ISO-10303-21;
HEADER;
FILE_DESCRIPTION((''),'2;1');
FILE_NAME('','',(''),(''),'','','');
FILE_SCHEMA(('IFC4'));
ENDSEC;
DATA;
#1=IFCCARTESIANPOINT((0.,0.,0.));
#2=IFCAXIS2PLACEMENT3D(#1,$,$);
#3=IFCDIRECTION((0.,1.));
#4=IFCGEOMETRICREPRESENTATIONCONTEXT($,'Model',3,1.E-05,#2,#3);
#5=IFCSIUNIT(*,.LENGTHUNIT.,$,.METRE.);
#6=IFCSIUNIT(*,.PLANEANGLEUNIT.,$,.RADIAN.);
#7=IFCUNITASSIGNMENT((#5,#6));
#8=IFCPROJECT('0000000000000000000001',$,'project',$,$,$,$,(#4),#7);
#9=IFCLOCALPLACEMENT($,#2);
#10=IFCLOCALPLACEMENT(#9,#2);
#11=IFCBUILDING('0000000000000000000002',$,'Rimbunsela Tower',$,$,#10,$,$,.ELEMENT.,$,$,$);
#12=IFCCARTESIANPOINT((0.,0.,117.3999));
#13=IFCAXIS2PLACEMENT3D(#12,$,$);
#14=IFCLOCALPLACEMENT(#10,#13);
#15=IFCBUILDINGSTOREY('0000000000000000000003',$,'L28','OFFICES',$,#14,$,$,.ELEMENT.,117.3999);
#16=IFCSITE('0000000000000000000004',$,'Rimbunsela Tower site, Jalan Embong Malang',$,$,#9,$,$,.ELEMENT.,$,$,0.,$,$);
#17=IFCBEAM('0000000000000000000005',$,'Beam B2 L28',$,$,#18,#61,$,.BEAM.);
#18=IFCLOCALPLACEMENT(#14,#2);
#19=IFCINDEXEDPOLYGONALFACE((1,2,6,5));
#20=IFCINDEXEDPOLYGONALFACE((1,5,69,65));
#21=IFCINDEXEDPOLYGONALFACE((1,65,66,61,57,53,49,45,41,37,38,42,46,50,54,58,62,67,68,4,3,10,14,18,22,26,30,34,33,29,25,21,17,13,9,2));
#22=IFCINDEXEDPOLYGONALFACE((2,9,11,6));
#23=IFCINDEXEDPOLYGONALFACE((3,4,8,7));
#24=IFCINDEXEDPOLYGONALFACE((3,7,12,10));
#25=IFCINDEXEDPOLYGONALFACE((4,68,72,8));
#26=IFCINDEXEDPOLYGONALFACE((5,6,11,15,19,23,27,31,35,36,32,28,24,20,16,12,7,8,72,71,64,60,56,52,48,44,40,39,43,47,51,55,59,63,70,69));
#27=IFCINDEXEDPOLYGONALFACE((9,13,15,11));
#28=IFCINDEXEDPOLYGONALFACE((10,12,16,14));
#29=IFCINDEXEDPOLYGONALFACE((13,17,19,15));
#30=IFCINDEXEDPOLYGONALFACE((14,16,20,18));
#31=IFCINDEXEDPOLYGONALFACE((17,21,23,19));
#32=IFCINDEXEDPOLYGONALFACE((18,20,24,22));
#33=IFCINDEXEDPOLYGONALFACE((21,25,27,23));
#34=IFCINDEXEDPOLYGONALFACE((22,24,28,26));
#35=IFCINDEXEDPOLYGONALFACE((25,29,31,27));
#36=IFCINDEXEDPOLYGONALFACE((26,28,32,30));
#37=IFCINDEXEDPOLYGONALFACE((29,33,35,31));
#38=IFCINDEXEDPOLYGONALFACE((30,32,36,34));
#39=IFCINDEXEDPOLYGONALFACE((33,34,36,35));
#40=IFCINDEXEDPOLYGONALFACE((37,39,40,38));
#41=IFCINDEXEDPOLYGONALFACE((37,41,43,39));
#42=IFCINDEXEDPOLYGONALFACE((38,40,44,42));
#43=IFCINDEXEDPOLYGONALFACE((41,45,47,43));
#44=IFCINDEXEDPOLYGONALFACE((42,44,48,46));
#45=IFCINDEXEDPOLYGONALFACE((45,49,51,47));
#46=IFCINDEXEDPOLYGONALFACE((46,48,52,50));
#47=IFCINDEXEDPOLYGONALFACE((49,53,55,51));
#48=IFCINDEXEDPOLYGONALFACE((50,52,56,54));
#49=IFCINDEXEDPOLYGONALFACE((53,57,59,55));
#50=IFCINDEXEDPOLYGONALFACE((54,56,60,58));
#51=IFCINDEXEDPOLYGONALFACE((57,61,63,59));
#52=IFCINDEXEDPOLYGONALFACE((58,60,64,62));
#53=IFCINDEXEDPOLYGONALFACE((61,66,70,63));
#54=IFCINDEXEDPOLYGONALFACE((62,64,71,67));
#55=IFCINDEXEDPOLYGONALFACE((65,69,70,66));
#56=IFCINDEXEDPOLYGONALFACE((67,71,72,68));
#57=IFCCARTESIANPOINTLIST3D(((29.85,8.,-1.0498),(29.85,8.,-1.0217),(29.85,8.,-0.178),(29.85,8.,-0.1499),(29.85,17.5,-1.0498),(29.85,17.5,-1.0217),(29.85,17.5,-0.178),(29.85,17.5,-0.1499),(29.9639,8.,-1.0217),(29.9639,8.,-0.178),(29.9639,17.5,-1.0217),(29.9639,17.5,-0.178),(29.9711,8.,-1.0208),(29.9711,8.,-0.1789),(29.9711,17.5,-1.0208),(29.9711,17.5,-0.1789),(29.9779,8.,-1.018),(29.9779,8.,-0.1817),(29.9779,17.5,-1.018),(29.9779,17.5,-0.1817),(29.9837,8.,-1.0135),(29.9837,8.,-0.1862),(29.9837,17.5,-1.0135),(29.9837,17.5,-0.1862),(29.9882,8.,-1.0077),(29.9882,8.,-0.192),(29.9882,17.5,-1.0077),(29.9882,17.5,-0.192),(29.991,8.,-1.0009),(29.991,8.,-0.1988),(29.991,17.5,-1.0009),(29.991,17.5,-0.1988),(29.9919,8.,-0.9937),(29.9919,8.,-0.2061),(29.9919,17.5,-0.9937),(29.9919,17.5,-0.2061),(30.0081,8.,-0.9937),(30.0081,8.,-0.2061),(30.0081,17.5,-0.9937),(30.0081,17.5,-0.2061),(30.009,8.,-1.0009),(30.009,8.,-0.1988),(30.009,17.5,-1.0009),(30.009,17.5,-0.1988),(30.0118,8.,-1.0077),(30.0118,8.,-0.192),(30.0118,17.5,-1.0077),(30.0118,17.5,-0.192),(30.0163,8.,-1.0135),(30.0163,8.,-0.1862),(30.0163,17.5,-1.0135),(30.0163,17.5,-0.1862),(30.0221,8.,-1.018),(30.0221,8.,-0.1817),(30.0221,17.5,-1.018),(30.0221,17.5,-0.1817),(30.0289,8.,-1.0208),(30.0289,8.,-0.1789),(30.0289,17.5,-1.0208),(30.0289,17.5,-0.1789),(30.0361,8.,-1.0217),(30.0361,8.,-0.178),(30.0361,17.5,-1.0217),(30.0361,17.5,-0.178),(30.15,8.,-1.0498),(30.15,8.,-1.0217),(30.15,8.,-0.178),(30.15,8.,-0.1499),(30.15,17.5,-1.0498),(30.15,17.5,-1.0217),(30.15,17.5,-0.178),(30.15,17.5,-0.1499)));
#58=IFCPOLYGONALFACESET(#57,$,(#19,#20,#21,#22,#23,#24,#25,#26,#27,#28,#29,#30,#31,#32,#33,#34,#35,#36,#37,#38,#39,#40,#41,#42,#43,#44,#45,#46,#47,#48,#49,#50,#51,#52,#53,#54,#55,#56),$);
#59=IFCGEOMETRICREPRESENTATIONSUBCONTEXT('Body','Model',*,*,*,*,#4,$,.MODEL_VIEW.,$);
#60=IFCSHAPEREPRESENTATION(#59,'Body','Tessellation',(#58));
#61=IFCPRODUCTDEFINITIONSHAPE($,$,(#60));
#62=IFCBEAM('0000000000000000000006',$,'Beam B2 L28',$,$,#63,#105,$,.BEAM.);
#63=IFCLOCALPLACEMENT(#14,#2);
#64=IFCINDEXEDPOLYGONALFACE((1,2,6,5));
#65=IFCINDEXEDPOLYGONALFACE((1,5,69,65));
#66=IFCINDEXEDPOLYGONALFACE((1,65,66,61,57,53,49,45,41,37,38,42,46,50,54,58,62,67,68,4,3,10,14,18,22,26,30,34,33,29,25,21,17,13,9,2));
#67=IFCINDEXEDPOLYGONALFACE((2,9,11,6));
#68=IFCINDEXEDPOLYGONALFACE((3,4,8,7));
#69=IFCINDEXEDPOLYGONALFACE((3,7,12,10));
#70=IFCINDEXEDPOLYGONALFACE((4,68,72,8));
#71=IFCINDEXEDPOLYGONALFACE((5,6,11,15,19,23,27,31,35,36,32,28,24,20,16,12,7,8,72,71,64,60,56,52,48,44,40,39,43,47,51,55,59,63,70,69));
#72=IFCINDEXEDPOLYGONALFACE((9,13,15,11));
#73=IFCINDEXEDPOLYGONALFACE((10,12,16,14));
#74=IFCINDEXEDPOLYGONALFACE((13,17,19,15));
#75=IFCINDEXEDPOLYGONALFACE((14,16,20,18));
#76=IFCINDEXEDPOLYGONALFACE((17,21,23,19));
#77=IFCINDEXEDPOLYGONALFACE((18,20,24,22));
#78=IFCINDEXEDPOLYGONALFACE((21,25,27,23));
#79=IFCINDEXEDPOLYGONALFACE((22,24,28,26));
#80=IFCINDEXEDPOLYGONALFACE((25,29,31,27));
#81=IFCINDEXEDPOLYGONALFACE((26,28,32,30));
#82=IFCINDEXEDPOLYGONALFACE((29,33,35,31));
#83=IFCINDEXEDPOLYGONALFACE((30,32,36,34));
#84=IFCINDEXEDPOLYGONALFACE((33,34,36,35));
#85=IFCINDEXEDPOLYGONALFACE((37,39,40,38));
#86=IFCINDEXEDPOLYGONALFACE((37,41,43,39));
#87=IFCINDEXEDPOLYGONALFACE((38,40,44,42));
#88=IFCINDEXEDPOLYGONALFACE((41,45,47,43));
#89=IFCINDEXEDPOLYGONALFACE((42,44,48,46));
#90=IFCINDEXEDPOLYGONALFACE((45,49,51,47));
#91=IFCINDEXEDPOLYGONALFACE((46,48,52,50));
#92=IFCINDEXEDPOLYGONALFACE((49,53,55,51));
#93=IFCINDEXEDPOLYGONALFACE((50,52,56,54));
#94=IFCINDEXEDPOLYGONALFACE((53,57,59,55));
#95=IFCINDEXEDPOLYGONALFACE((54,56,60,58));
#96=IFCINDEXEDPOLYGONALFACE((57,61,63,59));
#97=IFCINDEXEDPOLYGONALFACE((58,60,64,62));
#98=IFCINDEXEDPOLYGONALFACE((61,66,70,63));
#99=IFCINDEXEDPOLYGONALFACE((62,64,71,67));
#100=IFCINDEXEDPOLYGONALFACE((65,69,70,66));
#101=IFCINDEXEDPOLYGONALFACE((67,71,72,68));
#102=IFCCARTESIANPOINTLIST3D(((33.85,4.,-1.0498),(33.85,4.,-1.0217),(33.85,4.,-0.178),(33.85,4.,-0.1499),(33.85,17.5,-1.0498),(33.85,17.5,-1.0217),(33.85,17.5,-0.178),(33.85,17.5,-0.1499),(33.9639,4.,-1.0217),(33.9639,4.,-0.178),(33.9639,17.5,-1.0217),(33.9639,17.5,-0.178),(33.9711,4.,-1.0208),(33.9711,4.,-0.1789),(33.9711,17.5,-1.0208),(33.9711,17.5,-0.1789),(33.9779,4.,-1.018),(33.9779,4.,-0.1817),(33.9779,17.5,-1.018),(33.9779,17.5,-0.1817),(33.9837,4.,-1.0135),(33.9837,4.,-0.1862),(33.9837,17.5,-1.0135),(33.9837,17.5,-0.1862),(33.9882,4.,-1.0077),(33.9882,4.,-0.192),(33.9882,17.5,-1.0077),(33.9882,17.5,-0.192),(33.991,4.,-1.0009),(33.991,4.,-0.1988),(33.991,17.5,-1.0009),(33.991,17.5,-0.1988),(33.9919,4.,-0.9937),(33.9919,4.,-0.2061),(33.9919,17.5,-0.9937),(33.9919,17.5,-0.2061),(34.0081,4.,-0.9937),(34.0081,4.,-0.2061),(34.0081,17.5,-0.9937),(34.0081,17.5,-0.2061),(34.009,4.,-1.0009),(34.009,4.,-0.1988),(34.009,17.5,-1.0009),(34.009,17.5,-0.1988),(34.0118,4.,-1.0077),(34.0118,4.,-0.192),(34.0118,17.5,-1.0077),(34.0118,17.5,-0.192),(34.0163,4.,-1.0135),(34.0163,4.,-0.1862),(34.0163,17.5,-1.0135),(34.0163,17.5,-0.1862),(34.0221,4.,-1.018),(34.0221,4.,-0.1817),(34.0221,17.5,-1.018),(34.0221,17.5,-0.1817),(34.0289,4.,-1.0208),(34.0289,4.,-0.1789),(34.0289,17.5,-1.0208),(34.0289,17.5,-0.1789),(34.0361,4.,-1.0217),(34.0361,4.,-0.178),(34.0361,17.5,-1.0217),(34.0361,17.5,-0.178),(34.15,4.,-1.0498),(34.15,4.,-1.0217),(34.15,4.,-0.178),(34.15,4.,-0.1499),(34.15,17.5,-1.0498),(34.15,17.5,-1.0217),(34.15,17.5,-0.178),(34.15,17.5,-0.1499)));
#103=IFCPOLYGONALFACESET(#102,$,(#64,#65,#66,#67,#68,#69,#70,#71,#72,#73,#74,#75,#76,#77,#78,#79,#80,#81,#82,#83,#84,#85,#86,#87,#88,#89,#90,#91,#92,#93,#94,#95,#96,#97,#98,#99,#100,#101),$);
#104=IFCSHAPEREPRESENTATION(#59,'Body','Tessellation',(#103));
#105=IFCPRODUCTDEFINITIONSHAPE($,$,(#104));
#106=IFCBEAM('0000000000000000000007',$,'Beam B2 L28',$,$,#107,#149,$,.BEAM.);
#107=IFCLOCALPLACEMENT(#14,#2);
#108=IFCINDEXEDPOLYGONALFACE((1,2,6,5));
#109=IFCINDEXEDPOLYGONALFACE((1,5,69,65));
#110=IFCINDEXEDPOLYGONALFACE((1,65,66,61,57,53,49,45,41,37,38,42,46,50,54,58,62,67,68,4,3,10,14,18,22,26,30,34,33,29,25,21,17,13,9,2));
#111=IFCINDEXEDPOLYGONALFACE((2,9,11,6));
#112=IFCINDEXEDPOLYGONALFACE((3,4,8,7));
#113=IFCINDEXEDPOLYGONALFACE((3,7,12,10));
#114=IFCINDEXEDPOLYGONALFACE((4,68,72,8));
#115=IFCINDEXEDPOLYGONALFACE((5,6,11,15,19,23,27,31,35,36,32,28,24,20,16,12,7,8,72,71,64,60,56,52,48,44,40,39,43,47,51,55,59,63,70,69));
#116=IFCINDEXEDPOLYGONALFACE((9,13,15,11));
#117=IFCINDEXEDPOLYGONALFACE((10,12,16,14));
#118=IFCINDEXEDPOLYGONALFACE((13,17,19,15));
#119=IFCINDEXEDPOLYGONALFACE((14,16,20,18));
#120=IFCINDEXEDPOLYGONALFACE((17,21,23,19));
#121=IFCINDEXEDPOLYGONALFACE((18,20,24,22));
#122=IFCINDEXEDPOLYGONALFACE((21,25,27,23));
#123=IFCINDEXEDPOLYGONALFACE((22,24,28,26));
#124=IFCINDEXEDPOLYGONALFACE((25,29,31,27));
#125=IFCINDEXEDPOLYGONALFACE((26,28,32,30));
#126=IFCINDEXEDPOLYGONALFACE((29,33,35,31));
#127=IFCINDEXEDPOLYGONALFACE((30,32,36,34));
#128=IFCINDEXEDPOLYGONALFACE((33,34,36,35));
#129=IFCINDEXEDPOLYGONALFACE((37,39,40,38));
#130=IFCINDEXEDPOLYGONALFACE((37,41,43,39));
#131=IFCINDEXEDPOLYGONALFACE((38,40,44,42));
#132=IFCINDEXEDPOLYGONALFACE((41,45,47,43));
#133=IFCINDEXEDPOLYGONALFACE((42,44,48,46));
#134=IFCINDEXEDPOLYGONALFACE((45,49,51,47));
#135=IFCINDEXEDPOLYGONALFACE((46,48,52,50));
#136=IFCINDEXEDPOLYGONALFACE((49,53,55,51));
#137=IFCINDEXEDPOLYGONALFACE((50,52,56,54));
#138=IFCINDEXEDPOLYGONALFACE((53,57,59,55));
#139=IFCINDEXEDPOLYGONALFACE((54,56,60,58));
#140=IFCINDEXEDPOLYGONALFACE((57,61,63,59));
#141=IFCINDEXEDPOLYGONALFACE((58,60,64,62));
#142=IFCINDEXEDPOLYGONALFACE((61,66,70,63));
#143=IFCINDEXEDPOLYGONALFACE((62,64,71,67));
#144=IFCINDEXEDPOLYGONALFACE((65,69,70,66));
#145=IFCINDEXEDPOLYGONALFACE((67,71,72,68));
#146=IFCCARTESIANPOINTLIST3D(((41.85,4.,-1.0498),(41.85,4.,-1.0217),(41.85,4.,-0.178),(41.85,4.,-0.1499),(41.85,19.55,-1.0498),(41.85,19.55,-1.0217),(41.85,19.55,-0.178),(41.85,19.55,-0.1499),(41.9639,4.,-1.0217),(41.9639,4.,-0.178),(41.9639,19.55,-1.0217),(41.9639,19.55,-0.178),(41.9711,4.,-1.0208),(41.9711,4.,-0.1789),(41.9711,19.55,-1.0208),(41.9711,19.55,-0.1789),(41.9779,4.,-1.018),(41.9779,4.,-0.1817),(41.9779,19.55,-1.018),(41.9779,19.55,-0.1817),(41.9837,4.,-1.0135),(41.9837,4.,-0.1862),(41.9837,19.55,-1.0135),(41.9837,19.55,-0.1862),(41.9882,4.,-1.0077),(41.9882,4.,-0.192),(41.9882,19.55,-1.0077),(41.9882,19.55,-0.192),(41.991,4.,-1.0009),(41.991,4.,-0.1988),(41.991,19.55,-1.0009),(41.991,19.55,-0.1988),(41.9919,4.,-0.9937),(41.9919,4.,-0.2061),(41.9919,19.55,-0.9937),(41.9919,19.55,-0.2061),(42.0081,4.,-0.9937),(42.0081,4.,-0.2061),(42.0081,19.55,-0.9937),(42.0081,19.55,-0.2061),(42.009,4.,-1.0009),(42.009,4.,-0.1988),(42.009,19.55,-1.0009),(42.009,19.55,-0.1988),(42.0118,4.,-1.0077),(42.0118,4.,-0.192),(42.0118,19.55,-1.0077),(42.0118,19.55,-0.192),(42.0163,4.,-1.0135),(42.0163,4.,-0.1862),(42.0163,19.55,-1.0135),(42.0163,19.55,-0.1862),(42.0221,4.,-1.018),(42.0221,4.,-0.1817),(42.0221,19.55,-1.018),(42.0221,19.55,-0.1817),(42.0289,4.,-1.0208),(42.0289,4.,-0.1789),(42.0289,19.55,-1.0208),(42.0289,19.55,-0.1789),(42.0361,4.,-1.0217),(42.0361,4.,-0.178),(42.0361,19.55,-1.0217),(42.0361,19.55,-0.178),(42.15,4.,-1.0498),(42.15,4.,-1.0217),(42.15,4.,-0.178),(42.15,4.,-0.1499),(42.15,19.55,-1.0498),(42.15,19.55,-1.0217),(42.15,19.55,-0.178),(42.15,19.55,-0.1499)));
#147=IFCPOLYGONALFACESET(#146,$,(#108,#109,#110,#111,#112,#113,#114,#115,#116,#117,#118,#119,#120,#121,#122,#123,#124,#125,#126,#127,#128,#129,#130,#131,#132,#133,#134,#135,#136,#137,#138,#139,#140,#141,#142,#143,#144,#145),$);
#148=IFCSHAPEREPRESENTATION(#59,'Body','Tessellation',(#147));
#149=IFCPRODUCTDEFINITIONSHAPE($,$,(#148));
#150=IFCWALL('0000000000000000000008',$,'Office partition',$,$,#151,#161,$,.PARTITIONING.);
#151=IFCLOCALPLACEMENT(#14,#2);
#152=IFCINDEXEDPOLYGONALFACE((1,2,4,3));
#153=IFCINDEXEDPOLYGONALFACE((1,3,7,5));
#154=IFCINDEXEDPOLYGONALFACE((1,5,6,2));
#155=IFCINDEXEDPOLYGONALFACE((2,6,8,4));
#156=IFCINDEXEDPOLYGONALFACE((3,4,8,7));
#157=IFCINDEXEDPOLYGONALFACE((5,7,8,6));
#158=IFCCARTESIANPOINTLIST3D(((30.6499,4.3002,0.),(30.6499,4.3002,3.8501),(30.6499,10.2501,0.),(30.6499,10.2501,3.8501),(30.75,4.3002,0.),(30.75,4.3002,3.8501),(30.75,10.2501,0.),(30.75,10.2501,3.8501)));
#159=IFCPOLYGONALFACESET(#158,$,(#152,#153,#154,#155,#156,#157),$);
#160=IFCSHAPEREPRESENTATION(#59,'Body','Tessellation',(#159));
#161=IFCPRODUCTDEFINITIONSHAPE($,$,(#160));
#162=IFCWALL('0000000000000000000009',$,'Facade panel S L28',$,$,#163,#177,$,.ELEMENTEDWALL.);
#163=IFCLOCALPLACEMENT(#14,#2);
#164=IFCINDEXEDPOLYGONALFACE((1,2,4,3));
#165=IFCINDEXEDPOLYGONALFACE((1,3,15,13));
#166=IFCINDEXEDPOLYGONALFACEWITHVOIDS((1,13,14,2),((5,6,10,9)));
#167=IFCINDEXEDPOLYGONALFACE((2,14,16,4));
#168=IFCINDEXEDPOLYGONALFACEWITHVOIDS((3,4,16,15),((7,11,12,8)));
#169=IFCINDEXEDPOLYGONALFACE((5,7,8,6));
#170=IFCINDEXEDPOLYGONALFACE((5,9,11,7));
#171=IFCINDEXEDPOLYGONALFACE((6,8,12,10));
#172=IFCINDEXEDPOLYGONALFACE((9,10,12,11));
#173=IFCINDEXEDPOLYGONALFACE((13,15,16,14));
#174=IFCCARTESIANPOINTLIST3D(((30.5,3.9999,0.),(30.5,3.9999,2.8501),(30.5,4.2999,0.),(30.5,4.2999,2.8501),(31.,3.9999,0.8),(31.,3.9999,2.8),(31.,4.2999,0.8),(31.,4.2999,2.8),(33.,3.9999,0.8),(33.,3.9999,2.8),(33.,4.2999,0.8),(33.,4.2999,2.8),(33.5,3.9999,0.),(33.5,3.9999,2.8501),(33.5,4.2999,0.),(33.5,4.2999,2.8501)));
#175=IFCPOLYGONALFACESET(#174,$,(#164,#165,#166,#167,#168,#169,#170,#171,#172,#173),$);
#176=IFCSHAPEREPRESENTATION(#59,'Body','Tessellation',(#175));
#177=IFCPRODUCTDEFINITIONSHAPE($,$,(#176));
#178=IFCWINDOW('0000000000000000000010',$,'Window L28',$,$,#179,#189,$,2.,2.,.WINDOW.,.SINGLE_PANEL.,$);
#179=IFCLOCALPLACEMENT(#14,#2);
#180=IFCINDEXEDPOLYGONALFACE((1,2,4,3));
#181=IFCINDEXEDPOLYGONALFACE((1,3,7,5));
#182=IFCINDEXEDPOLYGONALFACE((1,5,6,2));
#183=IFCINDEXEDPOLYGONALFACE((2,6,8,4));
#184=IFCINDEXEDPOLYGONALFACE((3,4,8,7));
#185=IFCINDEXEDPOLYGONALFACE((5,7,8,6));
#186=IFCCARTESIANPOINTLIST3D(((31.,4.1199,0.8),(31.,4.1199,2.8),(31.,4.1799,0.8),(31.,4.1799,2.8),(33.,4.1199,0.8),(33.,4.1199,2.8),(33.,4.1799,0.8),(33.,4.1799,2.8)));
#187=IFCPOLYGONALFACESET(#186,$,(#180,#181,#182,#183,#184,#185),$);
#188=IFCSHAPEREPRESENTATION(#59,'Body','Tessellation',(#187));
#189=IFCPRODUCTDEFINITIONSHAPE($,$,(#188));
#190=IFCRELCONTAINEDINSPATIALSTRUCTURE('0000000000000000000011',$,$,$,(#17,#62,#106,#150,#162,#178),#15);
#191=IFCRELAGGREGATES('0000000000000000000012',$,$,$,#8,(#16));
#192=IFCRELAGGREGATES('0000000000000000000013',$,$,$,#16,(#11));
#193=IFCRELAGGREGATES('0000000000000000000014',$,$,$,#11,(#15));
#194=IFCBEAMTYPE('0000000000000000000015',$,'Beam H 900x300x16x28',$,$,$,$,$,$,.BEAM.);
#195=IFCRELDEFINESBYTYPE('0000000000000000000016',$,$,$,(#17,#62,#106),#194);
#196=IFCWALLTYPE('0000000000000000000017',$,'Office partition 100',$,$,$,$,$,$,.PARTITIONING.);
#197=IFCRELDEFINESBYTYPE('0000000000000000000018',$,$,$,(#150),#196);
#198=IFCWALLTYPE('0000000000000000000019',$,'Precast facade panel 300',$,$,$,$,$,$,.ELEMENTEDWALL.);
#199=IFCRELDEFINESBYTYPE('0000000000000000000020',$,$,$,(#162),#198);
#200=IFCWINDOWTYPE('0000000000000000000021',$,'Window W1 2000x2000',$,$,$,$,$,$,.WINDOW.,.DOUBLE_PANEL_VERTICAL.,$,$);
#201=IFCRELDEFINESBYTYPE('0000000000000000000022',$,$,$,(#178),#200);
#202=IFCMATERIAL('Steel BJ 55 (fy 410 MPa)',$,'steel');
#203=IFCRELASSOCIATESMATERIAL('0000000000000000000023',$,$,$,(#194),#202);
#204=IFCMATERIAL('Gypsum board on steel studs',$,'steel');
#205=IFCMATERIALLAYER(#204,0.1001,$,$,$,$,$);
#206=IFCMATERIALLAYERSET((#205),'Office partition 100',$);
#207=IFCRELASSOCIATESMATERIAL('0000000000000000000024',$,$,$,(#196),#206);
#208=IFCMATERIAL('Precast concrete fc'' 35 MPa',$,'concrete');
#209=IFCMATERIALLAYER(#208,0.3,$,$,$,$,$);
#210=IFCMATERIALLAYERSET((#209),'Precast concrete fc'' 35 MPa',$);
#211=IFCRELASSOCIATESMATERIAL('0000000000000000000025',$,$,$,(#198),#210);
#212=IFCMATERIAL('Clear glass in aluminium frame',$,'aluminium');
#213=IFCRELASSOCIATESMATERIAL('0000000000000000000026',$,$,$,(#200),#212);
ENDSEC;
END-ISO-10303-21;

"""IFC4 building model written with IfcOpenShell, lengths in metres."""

from ifc_helpers import new_model, si_unit, direction, frame, frame_2d, origin, origin_2d, place, context, subcontext, project, spatial, rectangle, i_section, extrude, material, layer, layer_set, material_profile, profile_set, type_object, element, fill, save


model = new_model("IFC4")

# Units and contexts
model_context = context("Model", 3, precision=1e-05, world=origin(), true_north=direction((0.0, 1.0)))
body_context = subcontext(model_context, "Body", "Model", "MODEL_VIEW")
ifc_project = project(units=[si_unit("LENGTHUNIT", "METRE"), si_unit("PLANEANGLEUNIT", "RADIAN")], contexts=[model_context])

# Site, building, storey
site_placement = place(None, origin())
site = spatial("IfcSite", under=ifc_project, at=site_placement, Name="Rimbunsela Tower site, Jalan Embong Malang", CompositionType="ELEMENT", RefElevation=0.0)
building_placement = place(site_placement, origin())
building = spatial("IfcBuilding", under=site, at=building_placement, Name="Rimbunsela Tower", CompositionType="ELEMENT")
storey_placement = place(building_placement, frame((0.0, 0.0, 117.3999)))
storey = spatial("IfcBuildingStorey", under=building, at=storey_placement, Name="L28", Description="OFFICES", CompositionType="ELEMENT", Elevation=117.3999)

# Beams
ifc_material_1 = material(Name="Steel BJ 55 (fy 410 MPa)", Category="steel")
ifc_material_profile_1 = material_profile(ifc_material_1, i_section(OverallWidth=0.3, OverallDepth=0.8999, WebThickness=0.0161, FlangeThickness=0.0281, FilletRadius=0.0281, at=origin_2d()), Name="H 900x300x16x28")
ifc_profile_set_1 = profile_set([ifc_material_profile_1], Name="Steel BJ 55 (fy 410 MPa)")
beam_type_1 = type_object("IfcBeamType", Name="Beam H 900x300x16x28", PredefinedType="BEAM", material=ifc_profile_set_1)
beam_1_placement = place(storey_placement, frame((30.0, 8.0, -0.5999), z_axis=(0.0, 1.0, 0.0), x_axis=(-1.0, 0.0, 0.0)))
element("IfcBeam", 1, at=beam_1_placement, inside=storey, type_object=beam_type_1, Name="Beam B2 L28", PredefinedType="BEAM", context=body_context, shape_type="SweptSolid", body=[
    extrude(i_section(OverallWidth=0.3, OverallDepth=0.8999, WebThickness=0.0161, FlangeThickness=0.0281, FilletRadius=0.0281, at=origin_2d()), origin(), (0.0, 0.0, 1.0), 9.5),
])
beam_2_placement = place(storey_placement, frame((34.0, 4.0, -0.5999), z_axis=(0.0, 1.0, 0.0), x_axis=(-1.0, 0.0, 0.0)))
element("IfcBeam", 2, at=beam_2_placement, inside=storey, type_object=beam_type_1, Name="Beam B2 L28", PredefinedType="BEAM", context=body_context, shape_type="SweptSolid", body=[
    extrude(i_section(OverallWidth=0.3, OverallDepth=0.8999, WebThickness=0.0161, FlangeThickness=0.0281, FilletRadius=0.0281, at=origin_2d()), origin(), (0.0, 0.0, 1.0), 13.5),
])
beam_3_placement = place(storey_placement, frame((42.0, 4.0, -0.5999), z_axis=(0.0, 1.0, 0.0), x_axis=(-1.0, 0.0, 0.0)))
element("IfcBeam", 3, at=beam_3_placement, inside=storey, type_object=beam_type_1, Name="Beam B2 L28", PredefinedType="BEAM", context=body_context, shape_type="SweptSolid", body=[
    extrude(i_section(OverallWidth=0.3, OverallDepth=0.8999, WebThickness=0.0161, FlangeThickness=0.0281, FilletRadius=0.0281, at=origin_2d()), origin(), (0.0, 0.0, 1.0), 15.55),
])

# Wall
ifc_material_2 = material(Name="Gypsum board on steel studs", Category="steel")
ifc_layer_1 = layer(ifc_material_2, 0.1001)
ifc_layer_set_1 = layer_set([ifc_layer_1], Name="Office partition 100")
wall_type_1 = type_object("IfcWallType", Name="Office partition 100", PredefinedType="PARTITIONING", material=ifc_layer_set_1)
wall_1_placement = place(storey_placement, frame((30.7, 4.3, 0.0), z_axis=(0.0, 0.0, 1.0), x_axis=(0.0, 1.0, 0.0)))
element("IfcWall", 4, at=wall_1_placement, inside=storey, type_object=wall_type_1, Name="Office partition", PredefinedType="PARTITIONING", context=body_context, shape_type="SweptSolid", body=[
    extrude(rectangle(XDim=5.95, YDim=0.1001, at=frame_2d((2.9751, 0.0))), origin(), (0.0, 0.0, 1.0), 3.8501),
])

# Wall, opening, window
ifc_material_3 = material(Name="Precast concrete fc' 35 MPa", Category="concrete")
ifc_layer_2 = layer(ifc_material_3, 0.3)
ifc_layer_set_2 = layer_set([ifc_layer_2], Name="Precast concrete fc' 35 MPa")
wall_type_2 = type_object("IfcWallType", Name="Precast facade panel 300", PredefinedType="ELEMENTEDWALL", material=ifc_layer_set_2)
wall_2_placement = place(storey_placement, frame((30.5, 4.1499, 0.0), z_axis=(0.0, 0.0, 1.0), x_axis=(1.0, 0.0, 0.0)))
wall_2 = element("IfcWall", 5, at=wall_2_placement, inside=storey, type_object=wall_type_2, Name="Facade panel S L28", PredefinedType="ELEMENTEDWALL", context=body_context, shape_type="SweptSolid", body=[
    extrude(rectangle(XDim=3.0, YDim=0.3, at=frame_2d((1.5, 0.0))), origin(), (0.0, 0.0, 1.0), 2.8501),
])
opening_1_placement = place(wall_2_placement, frame((0.5, 0.0, 0.8)))
opening_1 = element("IfcOpeningElement", 6, at=opening_1_placement, cuts=wall_2, PredefinedType="OPENING", context=body_context, shape_type="SweptSolid", body=[
    extrude(rectangle(XDim=2.0, YDim=2.0, at=frame_2d((1.0, 1.0))), frame((0.0, 0.1599, 0.0), z_axis=(0.0, -1.0, 0.0), x_axis=(1.0, 0.0, 0.0)), (0.0, 0.0, 1.0), 0.3201),
])
ifc_material_4 = material(Name="Clear glass in aluminium frame", Category="aluminium")
window_type = type_object("IfcWindowType", Name="Window W1 2000x2000", PartitioningType="DOUBLE_PANEL_VERTICAL", PredefinedType="WINDOW", material=ifc_material_4)
window_1_placement = place(opening_1_placement, origin())
window_1 = element("IfcWindow", 7, at=window_1_placement, inside=storey, type_object=window_type, Name="Window L28", OverallHeight=2.0, OverallWidth=2.0, PartitioningType="SINGLE_PANEL", PredefinedType="WINDOW", context=body_context, shape_type="SweptSolid", body=[
    extrude(rectangle(XDim=2.0, YDim=2.0, at=frame_2d((1.0, 1.0))), frame((0.0, 0.03, 0.0), z_axis=(0.0, -1.0, 0.0), x_axis=(1.0, 0.0, 0.0)), (0.0, 0.0, 1.0), 0.0601),
])
fill(opening_1, window_1)

save(model, "model.ifc")
